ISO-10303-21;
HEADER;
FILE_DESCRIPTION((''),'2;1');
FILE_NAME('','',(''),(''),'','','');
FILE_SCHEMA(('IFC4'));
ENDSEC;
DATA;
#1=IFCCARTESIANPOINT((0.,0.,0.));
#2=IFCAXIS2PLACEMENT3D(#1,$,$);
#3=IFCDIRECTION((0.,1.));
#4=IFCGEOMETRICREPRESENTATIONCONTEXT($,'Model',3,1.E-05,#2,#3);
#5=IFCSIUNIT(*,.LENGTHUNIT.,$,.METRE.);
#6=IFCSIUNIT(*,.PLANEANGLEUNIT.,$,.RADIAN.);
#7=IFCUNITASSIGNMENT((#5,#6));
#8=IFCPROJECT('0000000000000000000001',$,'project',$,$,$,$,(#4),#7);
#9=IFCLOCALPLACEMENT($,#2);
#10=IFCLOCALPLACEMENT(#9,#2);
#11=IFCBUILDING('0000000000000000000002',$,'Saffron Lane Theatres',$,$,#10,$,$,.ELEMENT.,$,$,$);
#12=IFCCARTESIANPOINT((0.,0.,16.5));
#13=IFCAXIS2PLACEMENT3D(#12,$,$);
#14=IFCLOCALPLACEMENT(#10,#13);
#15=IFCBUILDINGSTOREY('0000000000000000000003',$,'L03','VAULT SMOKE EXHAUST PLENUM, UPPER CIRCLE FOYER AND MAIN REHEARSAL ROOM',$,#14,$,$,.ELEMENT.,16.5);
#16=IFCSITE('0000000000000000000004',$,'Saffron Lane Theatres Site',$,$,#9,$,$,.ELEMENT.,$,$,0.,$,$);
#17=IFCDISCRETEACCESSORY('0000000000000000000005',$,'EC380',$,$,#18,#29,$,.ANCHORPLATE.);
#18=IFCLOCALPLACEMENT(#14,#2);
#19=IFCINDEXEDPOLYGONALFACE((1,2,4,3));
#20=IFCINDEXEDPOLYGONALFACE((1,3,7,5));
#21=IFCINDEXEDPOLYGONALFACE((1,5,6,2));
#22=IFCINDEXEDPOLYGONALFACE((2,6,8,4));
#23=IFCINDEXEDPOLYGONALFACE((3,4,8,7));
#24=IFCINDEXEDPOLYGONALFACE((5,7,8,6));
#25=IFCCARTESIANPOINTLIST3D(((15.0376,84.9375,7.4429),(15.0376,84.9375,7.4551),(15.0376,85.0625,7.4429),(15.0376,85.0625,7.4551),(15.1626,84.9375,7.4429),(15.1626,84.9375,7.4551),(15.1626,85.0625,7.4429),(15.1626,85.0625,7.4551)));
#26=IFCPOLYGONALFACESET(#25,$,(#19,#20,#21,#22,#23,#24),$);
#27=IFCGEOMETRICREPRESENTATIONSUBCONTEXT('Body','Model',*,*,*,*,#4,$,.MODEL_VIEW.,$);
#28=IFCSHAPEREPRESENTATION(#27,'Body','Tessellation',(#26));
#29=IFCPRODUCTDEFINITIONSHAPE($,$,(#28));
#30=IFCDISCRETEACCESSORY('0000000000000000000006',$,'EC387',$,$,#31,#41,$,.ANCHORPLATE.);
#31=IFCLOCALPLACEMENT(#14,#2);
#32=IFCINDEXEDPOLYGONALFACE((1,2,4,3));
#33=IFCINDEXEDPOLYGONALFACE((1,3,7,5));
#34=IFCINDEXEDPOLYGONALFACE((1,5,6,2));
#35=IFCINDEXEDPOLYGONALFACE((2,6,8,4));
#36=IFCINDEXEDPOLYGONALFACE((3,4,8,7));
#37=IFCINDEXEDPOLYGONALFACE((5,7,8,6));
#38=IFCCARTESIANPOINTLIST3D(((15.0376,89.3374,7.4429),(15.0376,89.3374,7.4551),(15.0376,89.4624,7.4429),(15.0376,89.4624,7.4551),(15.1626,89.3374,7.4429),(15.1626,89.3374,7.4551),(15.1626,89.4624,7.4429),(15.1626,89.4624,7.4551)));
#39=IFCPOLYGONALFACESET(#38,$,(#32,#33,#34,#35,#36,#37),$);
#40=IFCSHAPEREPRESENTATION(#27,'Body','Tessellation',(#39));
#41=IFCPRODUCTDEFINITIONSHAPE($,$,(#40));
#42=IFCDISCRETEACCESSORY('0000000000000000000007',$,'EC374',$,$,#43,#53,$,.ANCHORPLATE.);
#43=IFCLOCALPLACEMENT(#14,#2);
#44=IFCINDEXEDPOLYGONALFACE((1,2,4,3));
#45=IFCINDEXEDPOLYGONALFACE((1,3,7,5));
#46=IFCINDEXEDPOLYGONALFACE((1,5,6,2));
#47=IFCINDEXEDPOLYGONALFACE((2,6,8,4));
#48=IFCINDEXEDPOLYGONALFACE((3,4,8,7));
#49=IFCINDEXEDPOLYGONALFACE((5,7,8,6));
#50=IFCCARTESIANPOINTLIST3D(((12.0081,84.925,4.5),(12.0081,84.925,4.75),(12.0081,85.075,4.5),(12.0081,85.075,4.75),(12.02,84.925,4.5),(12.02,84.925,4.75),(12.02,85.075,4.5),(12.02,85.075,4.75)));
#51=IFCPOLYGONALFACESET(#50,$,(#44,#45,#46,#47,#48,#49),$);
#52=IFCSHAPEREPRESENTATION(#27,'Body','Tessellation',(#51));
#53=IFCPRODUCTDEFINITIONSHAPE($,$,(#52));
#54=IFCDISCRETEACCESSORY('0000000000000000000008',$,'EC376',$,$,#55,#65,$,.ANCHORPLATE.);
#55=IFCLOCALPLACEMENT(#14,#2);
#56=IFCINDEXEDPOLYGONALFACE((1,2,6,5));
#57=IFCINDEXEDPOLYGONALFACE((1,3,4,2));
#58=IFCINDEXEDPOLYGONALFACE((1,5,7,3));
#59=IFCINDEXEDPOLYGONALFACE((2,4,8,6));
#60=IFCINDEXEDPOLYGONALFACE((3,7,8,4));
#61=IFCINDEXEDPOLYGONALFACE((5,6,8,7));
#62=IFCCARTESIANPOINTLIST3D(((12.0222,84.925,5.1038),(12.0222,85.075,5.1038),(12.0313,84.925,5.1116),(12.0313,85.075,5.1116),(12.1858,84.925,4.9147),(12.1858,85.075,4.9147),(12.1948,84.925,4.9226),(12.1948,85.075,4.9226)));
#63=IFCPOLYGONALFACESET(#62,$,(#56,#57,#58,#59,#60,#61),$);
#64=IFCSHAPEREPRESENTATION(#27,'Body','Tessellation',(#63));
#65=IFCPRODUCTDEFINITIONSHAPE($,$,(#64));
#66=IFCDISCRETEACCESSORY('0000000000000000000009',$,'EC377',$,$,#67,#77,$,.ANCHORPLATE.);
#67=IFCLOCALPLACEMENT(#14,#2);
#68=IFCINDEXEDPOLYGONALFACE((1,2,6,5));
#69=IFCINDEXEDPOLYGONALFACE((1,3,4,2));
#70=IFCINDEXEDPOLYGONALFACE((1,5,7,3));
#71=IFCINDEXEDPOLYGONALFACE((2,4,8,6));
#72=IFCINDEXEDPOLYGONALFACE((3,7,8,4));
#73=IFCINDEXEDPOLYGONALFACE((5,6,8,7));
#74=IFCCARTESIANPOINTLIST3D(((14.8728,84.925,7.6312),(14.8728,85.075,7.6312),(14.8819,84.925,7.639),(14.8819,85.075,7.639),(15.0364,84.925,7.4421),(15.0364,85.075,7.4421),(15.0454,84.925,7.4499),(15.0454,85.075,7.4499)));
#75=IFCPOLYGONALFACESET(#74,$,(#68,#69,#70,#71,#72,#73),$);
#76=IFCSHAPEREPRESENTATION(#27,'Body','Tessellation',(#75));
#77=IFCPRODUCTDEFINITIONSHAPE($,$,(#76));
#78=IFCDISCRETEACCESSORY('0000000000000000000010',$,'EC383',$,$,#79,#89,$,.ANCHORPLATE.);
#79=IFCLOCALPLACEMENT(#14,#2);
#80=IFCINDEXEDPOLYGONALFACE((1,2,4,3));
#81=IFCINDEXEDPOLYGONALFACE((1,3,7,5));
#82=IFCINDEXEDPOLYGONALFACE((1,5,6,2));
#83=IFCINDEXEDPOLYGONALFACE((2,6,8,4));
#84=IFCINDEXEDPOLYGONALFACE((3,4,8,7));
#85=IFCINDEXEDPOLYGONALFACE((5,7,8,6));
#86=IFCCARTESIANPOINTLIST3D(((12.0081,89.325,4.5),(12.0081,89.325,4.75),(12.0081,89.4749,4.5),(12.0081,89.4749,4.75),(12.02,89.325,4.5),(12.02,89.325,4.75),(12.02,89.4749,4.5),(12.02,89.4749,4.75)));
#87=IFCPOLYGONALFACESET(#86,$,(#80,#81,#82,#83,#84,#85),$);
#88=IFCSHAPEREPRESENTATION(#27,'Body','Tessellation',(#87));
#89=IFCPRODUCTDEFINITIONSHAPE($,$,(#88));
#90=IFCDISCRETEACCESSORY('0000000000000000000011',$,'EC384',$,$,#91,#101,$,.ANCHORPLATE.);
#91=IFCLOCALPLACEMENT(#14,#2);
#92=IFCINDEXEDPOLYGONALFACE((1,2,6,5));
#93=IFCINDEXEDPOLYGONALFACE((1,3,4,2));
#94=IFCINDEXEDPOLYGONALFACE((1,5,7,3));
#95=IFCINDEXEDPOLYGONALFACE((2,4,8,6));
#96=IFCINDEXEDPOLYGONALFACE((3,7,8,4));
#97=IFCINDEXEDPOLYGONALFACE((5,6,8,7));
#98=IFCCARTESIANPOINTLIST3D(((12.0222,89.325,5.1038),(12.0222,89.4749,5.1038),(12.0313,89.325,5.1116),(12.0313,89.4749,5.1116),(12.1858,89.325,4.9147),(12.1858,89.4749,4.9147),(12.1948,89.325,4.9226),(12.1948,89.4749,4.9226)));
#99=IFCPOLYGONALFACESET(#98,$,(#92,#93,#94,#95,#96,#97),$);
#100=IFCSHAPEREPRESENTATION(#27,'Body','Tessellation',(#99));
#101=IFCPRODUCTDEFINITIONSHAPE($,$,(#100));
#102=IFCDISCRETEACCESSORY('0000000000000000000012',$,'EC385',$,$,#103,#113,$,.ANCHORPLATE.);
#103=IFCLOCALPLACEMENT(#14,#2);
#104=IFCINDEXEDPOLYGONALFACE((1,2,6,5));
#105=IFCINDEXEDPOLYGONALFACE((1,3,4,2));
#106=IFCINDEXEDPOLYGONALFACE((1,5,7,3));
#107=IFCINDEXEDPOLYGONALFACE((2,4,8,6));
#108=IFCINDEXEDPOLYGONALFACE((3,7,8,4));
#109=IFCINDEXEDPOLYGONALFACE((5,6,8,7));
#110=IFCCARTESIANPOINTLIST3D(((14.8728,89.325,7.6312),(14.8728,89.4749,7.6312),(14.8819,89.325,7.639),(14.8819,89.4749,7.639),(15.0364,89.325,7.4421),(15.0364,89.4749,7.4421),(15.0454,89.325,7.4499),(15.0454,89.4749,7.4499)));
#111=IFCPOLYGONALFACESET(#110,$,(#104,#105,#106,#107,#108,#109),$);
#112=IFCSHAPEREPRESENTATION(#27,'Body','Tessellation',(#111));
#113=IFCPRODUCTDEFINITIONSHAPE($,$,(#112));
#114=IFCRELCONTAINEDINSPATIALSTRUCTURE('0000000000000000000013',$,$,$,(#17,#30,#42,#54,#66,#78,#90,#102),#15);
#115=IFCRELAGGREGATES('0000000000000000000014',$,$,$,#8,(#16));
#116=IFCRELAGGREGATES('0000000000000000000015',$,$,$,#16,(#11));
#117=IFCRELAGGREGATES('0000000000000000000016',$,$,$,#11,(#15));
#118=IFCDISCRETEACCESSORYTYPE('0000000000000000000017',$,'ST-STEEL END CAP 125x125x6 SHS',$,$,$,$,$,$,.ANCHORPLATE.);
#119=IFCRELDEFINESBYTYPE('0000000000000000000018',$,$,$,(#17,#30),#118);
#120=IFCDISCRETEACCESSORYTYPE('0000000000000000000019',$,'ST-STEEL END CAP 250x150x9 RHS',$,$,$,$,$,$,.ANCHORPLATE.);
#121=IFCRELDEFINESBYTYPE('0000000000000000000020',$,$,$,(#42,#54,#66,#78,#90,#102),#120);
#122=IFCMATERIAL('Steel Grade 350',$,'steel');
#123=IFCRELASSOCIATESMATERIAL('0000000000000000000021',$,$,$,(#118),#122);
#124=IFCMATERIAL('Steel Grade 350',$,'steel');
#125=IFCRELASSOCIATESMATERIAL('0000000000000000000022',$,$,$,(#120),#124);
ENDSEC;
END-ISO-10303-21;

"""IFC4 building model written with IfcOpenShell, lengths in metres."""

from ifc_helpers import new_model, si_unit, direction, frame, origin, origin_2d, place, context, subcontext, project, spatial, rectangle, extrude, material, material_profile, profile_set, type_object, element, save


model = new_model("IFC4")

# Units and contexts
model_context = context("Model", 3, precision=1e-05, world=origin(), true_north=direction((0.0, 1.0)))
body_context = subcontext(model_context, "Body", "Model", "MODEL_VIEW")
ifc_project = project(units=[si_unit("LENGTHUNIT", "METRE"), si_unit("PLANEANGLEUNIT", "RADIAN")], contexts=[model_context])

# Site, building, storey
site_placement = place(None, origin())
site = spatial("IfcSite", under=ifc_project, at=site_placement, Name="Saffron Lane Theatres Site", CompositionType="ELEMENT", RefElevation=0.0)
building_placement = place(site_placement, origin())
building = spatial("IfcBuilding", under=site, at=building_placement, Name="Saffron Lane Theatres", CompositionType="ELEMENT")
storey_placement = place(building_placement, frame((0.0, 0.0, 16.5)))
storey = spatial("IfcBuildingStorey", under=building, at=storey_placement, Name="L03", Description="VAULT SMOKE EXHAUST PLENUM, UPPER CIRCLE FOYER AND MAIN REHEARSAL ROOM", CompositionType="ELEMENT", Elevation=16.5)

# Discrete accessories
ifc_material_1 = material(Name="Steel Grade 350", Category="steel")
ifc_material_profile_1 = material_profile(ifc_material_1, rectangle(XDim=0.125, YDim=0.125, at=origin_2d()))
ifc_profile_set_1 = profile_set([ifc_material_profile_1], Name="Steel Grade 350")
discrete_accessory_type_1 = type_object("IfcDiscreteAccessoryType", Name="ST-STEEL END CAP 125x125x6 SHS", PredefinedType="ANCHORPLATE", material=ifc_profile_set_1)
for number, where, z_axis, x_axis, name in (
    (1, (15.1001, 85.0, 7.4429), (0.0, 0.0, 1.0), (1.0, 0.0, 0.0), "EC380"),
    (2, (15.1001, 89.3999, 7.4429), (0.0, 0.0, 1.0), (1.0, 0.0, 0.0), "EC387"),
):
    element("IfcDiscreteAccessory", number, at=place(storey_placement, frame(where, z_axis=z_axis, x_axis=x_axis)), inside=storey, type_object=discrete_accessory_type_1, Name=name, PredefinedType="ANCHORPLATE", context=body_context, shape_type="SweptSolid", body=[
        extrude(rectangle(XDim=0.125, YDim=0.125, at=origin_2d()), origin(), (0.0, 0.0, 1.0), 0.0122),
    ])
ifc_material_2 = material(Name="Steel Grade 350", Category="steel")
ifc_material_profile_2 = material_profile(ifc_material_2, rectangle(XDim=0.1499, YDim=0.25, at=origin_2d()))
ifc_profile_set_2 = profile_set([ifc_material_profile_2], Name="Steel Grade 350")
discrete_accessory_type_2 = type_object("IfcDiscreteAccessoryType", Name="ST-STEEL END CAP 250x150x9 RHS", PredefinedType="ANCHORPLATE", material=ifc_profile_set_2)
for number, where, z_axis, x_axis, name in (
    (3, (12.0081, 85.0, 4.625), (1.0, 0.0, 0.0), (0.0, 1.0, 0.0), "EC374"),
    (4, (12.104, 85.0, 5.0093), (0.756363, 0.0, 0.654152), (0.0, 1.0, 0.0), "EC376"),
    (5, (14.9546, 85.0, 7.5366), (0.756363, 0.0, 0.654152), (0.0, 1.0, 0.0), "EC377"),
    (6, (12.0081, 89.3999, 4.625), (1.0, 0.0, 0.0), (0.0, 1.0, 0.0), "EC383"),
    (7, (12.104, 89.3999, 5.0093), (0.756363, 0.0, 0.654152), (0.0, 1.0, 0.0), "EC384"),
    (8, (14.9546, 89.3999, 7.5366), (0.756363, 0.0, 0.654152), (0.0, 1.0, 0.0), "EC385"),
):
    element("IfcDiscreteAccessory", number, at=place(storey_placement, frame(where, z_axis=z_axis, x_axis=x_axis)), inside=storey, type_object=discrete_accessory_type_2, Name=name, PredefinedType="ANCHORPLATE", context=body_context, shape_type="SweptSolid", body=[
        extrude(rectangle(XDim=0.1499, YDim=0.25, at=origin_2d()), origin(), (0.0, 0.0, 1.0), 0.012),
    ])

save(model, "model.ifc")
